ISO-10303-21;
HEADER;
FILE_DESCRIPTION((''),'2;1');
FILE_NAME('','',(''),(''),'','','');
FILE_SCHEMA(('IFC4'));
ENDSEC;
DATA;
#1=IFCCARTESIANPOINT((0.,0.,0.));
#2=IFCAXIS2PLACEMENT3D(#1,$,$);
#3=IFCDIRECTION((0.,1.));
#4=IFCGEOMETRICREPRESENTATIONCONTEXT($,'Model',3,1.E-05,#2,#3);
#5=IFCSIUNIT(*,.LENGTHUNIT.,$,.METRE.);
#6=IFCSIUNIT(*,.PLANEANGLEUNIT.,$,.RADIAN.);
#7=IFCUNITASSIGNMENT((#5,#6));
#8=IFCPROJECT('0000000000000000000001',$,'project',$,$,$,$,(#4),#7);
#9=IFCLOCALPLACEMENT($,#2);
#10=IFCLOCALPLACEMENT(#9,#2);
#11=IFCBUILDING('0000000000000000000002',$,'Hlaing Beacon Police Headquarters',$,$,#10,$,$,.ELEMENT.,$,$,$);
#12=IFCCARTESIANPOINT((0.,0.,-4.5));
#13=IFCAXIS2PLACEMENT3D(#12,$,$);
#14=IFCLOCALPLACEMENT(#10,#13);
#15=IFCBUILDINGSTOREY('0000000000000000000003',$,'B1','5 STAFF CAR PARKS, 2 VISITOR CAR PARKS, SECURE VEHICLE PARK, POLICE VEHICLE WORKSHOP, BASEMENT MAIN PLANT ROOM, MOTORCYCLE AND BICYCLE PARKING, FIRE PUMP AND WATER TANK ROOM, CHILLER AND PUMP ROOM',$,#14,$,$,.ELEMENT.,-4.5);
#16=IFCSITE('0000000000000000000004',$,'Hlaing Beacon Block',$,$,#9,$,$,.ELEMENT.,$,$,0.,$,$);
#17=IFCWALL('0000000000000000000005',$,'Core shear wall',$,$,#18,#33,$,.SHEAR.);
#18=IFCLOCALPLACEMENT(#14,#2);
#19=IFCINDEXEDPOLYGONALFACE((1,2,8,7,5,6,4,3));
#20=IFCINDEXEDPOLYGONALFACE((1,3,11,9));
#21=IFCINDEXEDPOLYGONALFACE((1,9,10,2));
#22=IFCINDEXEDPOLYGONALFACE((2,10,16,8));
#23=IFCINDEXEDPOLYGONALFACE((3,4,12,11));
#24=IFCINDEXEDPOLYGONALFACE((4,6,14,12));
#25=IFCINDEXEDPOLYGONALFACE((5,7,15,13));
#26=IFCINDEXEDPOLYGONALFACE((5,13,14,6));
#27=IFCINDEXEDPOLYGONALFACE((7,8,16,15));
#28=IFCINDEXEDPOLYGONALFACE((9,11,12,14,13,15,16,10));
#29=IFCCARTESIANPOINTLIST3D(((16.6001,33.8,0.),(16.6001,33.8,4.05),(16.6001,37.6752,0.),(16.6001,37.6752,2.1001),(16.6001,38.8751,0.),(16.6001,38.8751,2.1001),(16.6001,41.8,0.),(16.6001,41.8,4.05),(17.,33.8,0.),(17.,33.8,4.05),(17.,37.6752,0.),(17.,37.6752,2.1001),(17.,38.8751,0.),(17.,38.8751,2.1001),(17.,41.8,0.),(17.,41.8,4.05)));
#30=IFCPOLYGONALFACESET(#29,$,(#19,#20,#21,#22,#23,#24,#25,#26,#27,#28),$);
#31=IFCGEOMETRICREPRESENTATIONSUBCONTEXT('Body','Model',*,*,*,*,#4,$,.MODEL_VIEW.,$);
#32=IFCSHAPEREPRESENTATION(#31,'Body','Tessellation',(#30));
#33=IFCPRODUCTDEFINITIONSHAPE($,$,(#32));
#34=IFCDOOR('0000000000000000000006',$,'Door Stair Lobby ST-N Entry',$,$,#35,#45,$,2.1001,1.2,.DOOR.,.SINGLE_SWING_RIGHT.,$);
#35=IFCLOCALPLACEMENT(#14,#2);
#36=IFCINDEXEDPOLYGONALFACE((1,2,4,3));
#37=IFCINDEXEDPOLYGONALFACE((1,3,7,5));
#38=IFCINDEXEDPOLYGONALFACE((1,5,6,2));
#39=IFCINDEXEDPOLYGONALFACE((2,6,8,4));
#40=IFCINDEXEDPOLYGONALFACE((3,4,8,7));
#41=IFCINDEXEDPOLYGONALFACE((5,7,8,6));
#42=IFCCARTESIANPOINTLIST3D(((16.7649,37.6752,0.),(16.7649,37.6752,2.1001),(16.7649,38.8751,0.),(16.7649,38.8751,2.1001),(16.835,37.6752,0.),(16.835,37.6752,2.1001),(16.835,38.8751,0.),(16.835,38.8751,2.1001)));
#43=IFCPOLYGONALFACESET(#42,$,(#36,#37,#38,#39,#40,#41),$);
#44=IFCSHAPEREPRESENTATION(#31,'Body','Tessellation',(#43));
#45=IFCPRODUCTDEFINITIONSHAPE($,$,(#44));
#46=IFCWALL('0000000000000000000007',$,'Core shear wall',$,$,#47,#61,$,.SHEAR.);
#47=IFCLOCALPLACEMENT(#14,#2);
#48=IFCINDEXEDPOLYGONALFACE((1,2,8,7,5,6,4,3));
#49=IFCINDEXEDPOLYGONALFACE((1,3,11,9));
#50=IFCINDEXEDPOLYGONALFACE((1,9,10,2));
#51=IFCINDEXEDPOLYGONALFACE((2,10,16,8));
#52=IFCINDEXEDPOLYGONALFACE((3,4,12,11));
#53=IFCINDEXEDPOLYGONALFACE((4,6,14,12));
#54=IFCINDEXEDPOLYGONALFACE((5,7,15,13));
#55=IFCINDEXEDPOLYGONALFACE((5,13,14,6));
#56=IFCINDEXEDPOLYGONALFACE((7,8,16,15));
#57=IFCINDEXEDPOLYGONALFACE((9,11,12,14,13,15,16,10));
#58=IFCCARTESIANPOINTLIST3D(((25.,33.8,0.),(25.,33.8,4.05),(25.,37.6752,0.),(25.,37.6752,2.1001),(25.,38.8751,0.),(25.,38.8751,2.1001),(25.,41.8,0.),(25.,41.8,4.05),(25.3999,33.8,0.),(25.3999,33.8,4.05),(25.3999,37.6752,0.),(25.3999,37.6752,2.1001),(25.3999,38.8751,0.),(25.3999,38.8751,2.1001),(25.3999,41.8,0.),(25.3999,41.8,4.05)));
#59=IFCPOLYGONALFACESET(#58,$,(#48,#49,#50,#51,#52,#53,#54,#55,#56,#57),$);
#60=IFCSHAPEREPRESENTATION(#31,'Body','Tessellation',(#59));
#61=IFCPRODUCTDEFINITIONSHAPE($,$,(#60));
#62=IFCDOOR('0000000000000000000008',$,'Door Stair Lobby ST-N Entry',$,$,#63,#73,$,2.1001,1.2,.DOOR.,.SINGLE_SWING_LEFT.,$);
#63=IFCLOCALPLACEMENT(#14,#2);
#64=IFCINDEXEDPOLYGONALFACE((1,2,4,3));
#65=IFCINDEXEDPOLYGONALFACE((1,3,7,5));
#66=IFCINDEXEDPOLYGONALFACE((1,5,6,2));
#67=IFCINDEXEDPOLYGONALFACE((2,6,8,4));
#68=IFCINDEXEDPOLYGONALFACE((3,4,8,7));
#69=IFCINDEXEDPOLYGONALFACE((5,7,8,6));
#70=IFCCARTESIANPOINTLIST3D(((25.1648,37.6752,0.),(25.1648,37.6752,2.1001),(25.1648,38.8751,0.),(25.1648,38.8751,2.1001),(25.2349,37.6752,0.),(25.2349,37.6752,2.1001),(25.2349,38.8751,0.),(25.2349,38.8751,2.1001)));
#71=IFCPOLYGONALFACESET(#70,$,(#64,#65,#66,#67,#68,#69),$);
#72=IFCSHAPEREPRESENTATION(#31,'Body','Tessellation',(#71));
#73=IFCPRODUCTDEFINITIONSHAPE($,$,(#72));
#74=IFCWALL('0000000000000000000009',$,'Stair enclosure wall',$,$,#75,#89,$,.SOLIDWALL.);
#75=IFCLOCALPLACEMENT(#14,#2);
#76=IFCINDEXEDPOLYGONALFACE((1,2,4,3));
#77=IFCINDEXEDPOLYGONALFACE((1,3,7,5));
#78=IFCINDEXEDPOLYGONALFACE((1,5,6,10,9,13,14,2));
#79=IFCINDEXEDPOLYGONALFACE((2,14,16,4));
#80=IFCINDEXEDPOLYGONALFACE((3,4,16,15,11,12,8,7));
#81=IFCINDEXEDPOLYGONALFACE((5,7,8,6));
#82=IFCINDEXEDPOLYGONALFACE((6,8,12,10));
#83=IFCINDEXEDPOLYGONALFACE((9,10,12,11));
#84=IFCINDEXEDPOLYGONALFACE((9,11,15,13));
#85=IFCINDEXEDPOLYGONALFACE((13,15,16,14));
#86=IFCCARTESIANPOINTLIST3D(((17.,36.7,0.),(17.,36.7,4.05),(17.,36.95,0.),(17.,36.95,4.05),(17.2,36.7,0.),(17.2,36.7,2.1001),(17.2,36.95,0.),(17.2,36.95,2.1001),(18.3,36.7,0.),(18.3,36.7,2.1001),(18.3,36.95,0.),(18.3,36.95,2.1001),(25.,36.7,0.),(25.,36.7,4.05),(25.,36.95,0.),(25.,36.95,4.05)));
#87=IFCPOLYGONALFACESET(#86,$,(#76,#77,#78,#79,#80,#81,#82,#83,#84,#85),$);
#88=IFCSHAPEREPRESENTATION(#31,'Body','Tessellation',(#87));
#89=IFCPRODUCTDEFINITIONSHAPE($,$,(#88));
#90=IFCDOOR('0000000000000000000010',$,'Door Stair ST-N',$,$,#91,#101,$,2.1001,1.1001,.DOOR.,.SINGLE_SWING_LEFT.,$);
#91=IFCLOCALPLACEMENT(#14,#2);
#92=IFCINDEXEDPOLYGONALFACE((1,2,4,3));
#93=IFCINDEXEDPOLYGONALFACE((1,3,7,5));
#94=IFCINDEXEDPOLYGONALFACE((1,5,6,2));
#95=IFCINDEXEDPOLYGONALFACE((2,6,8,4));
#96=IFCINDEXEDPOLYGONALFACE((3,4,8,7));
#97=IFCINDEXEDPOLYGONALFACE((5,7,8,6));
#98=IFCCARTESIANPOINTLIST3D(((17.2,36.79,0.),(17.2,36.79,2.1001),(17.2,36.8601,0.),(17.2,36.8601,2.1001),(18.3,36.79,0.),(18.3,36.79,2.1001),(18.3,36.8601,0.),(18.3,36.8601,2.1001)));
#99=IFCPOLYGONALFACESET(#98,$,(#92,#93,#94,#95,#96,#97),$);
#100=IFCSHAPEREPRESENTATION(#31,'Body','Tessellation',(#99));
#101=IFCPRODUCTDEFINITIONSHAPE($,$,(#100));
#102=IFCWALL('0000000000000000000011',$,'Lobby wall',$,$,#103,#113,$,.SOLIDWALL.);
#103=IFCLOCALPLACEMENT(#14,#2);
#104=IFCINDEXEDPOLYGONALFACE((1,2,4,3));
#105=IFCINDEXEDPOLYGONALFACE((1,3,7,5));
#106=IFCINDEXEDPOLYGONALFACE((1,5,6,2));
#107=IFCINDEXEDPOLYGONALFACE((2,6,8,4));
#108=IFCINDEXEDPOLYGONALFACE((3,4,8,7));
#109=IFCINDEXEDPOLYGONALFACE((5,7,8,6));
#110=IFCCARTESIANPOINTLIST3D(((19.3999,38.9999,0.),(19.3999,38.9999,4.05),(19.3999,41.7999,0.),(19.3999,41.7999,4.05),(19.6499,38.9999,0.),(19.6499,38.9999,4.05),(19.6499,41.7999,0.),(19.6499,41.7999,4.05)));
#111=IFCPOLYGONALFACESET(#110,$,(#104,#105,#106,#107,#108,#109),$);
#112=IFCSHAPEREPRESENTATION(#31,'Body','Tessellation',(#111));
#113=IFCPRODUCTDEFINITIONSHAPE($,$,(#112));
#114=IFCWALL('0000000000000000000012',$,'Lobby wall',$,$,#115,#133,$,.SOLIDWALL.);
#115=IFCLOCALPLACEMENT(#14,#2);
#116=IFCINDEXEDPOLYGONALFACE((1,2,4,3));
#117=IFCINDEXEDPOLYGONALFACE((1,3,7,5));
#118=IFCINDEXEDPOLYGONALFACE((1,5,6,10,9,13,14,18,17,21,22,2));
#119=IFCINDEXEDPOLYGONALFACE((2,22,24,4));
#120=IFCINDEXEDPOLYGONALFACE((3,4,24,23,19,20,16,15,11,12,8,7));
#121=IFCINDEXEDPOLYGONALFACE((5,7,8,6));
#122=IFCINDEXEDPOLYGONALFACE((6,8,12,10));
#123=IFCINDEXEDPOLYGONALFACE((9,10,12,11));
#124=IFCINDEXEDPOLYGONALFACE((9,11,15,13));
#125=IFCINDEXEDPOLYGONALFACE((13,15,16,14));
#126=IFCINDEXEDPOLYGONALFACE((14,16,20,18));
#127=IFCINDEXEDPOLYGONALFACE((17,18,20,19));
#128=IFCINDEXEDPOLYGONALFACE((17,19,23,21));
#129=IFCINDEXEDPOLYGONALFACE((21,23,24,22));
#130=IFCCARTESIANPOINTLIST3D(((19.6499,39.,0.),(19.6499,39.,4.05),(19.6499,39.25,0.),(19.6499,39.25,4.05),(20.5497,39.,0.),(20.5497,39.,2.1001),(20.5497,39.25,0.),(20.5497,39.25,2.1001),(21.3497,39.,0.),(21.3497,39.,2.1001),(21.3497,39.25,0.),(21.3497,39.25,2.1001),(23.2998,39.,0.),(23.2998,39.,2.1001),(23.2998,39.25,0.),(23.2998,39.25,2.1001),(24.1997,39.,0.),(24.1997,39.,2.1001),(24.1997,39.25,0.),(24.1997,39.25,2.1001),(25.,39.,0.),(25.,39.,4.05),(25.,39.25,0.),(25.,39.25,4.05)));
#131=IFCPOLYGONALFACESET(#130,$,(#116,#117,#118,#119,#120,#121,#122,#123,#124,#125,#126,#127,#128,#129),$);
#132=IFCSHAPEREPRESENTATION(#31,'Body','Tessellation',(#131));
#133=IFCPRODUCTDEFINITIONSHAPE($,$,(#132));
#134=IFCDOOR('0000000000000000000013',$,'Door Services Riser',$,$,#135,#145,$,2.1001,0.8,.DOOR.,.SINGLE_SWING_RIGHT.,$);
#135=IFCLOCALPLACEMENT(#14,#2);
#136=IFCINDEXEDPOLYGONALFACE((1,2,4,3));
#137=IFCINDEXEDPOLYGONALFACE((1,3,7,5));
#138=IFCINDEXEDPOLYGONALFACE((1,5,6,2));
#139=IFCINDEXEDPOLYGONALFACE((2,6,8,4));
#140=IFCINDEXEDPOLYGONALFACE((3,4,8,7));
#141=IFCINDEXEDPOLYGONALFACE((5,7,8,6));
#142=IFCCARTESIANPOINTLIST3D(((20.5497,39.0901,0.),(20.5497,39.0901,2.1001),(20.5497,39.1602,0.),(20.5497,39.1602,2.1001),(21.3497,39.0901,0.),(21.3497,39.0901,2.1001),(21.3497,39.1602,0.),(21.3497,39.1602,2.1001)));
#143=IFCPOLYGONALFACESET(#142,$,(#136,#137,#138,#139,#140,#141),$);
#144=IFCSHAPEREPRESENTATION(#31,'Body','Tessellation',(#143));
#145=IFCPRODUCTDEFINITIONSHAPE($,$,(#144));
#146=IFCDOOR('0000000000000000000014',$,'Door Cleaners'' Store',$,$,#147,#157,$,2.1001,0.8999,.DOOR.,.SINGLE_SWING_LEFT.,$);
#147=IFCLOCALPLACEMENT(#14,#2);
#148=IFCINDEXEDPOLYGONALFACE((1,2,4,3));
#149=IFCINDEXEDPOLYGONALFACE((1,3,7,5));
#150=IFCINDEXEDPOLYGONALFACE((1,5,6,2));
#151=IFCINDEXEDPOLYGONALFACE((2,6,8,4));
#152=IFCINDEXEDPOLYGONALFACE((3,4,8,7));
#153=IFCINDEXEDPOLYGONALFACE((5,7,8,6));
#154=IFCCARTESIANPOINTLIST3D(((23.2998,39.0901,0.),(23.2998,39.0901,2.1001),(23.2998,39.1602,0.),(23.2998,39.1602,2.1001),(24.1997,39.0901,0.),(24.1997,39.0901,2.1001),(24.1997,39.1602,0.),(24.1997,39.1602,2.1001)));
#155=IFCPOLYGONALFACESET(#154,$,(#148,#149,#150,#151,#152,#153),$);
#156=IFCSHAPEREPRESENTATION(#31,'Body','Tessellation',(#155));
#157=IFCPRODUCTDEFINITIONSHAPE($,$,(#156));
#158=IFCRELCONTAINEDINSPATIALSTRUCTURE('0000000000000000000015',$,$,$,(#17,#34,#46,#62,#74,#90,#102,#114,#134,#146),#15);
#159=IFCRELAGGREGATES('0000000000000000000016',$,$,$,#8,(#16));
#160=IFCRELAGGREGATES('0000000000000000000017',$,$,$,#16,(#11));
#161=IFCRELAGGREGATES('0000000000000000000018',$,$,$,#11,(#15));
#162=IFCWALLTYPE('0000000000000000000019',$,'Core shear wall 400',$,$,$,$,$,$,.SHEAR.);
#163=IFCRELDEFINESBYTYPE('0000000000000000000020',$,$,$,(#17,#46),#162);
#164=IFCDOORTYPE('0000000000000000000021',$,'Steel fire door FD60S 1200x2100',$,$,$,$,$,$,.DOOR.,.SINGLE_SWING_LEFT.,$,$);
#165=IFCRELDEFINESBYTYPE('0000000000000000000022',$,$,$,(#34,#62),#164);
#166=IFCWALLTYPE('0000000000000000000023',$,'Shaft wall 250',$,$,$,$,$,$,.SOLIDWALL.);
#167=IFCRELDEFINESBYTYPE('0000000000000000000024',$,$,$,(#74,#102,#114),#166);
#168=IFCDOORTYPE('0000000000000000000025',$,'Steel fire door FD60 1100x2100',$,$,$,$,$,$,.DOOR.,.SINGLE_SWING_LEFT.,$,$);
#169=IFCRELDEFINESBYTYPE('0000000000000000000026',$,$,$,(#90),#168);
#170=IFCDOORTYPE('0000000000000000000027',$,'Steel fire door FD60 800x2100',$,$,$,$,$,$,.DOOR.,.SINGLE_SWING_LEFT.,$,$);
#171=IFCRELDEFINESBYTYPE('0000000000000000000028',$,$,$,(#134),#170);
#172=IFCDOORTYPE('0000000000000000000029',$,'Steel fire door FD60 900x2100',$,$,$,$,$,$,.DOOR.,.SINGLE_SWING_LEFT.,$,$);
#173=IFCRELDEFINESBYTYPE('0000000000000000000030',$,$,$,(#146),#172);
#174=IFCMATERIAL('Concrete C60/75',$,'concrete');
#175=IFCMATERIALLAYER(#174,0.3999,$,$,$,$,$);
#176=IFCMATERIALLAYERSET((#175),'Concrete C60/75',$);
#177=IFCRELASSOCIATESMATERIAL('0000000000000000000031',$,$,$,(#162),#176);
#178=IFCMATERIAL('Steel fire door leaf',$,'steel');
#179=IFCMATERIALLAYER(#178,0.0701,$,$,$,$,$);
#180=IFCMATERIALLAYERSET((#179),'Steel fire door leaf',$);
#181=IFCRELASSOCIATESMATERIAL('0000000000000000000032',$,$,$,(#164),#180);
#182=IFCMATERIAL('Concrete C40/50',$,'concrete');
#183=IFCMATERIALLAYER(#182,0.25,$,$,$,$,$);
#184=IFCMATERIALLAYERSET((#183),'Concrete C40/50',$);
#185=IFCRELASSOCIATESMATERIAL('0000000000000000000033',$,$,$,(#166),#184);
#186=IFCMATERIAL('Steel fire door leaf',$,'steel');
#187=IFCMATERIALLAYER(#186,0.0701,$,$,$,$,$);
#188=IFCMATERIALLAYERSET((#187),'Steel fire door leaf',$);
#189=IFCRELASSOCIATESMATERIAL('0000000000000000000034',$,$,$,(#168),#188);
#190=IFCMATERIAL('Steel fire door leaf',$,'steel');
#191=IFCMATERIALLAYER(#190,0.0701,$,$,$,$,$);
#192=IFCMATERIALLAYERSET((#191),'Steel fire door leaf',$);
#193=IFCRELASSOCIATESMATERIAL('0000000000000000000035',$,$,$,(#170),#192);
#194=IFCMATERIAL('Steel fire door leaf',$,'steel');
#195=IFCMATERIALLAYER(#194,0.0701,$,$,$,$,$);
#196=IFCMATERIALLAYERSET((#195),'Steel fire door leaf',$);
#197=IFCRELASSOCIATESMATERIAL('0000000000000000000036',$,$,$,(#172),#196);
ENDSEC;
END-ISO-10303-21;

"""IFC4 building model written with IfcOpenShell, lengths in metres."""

from ifc_helpers import new_model, si_unit, direction, frame, frame_2d, origin, place, context, subcontext, project, spatial, rectangle, extrude, material, layer, layer_set, type_object, element, fill, save


model = new_model("IFC4")

# Units and contexts
model_context = context("Model", 3, precision=1e-05, world=origin(), true_north=direction((0.0, 1.0)))
body_context = subcontext(model_context, "Body", "Model", "MODEL_VIEW")
ifc_project = project(units=[si_unit("LENGTHUNIT", "METRE"), si_unit("PLANEANGLEUNIT", "RADIAN")], contexts=[model_context])

# Site, building, storey
site_placement = place(None, origin())
site = spatial("IfcSite", under=ifc_project, at=site_placement, Name="Hlaing Beacon Block", CompositionType="ELEMENT", RefElevation=0.0)
building_placement = place(site_placement, origin())
building = spatial("IfcBuilding", under=site, at=building_placement, Name="Hlaing Beacon Police Headquarters", CompositionType="ELEMENT")
storey_placement = place(building_placement, frame((0.0, 0.0, -4.5)))
storey = spatial("IfcBuildingStorey", under=building, at=storey_placement, Name="B1", Description="5 STAFF CAR PARKS, 2 VISITOR CAR PARKS, SECURE VEHICLE PARK, POLICE VEHICLE WORKSHOP, BASEMENT MAIN PLANT ROOM, MOTORCYCLE AND BICYCLE PARKING, FIRE PUMP AND WATER TANK ROOM, CHILLER AND PUMP ROOM", CompositionType="ELEMENT", Elevation=-4.5)

# Walls, openings, doors
ifc_material_1 = material(Name="Concrete C60/75", Category="concrete")
ifc_layer_1 = layer(ifc_material_1, 0.3999)
ifc_layer_set_1 = layer_set([ifc_layer_1], Name="Concrete C60/75")
wall_type_1 = type_object("IfcWallType", Name="Core shear wall 400", PredefinedType="SHEAR", material=ifc_layer_set_1)
wall_1_placement = place(storey_placement, frame((16.8, 33.8, 0.0), z_axis=(0.0, 0.0, 1.0), x_axis=(0.0, 1.0, 0.0)))
wall_1 = element("IfcWall", 1, at=wall_1_placement, inside=storey, type_object=wall_type_1, Name="Core shear wall", PredefinedType="SHEAR", context=body_context, shape_type="SweptSolid", body=[
    extrude(rectangle(XDim=8.0, YDim=0.3999, at=frame_2d((4.0, 0.0))), origin(), (0.0, 0.0, 1.0), 4.05),
])
opening_1_placement = place(wall_1_placement, frame((3.875, 0.0, 0.0)))
opening_1 = element("IfcOpeningElement", 2, at=opening_1_placement, cuts=wall_1, PredefinedType="OPENING", context=body_context, shape_type="SweptSolid", body=[
    extrude(rectangle(XDim=1.2, YDim=2.1001, at=frame_2d((0.6001, 1.05))), frame((0.0, 0.21, 0.0), z_axis=(0.0, -1.0, 0.0), x_axis=(1.0, 0.0, 0.0)), (0.0, 0.0, 1.0), 0.4199),
])
ifc_material_2 = material(Name="Steel fire door leaf", Category="steel")
ifc_layer_2 = layer(ifc_material_2, 0.0701)
ifc_layer_set_2 = layer_set([ifc_layer_2], Name="Steel fire door leaf")
door_type_1 = type_object("IfcDoorType", Name="Steel fire door FD60S 1200x2100", OperationType="SINGLE_SWING_LEFT", PredefinedType="DOOR", material=ifc_layer_set_2)
door_1_placement = place(opening_1_placement, frame((1.2, 0.0, 0.0), z_axis=(0.0, 0.0, 1.0), x_axis=(-1.0, 0.0, 0.0)))
door_1 = element("IfcDoor", 3, at=door_1_placement, inside=storey, type_object=door_type_1, Name="Door Stair Lobby ST-N Entry", OperationType="SINGLE_SWING_RIGHT", OverallHeight=2.1001, OverallWidth=1.2, PredefinedType="DOOR", context=body_context, shape_type="SweptSolid", body=[
    extrude(rectangle(XDim=1.2, YDim=2.1001, at=frame_2d((0.5999, 1.05))), frame((0.0, 0.0349, 0.0), z_axis=(0.0, -1.0, 0.0), x_axis=(1.0, 0.0, 0.0)), (0.0, 0.0, 1.0), 0.0701),
])
fill(opening_1, door_1)
wall_2_placement = place(storey_placement, frame((25.2, 33.8, 0.0), z_axis=(0.0, 0.0, 1.0), x_axis=(0.0, 1.0, 0.0)))
wall_2 = element("IfcWall", 4, at=wall_2_placement, inside=storey, type_object=wall_type_1, Name="Core shear wall", PredefinedType="SHEAR", context=body_context, shape_type="SweptSolid", body=[
    extrude(rectangle(XDim=8.0, YDim=0.3999, at=frame_2d((4.0, 0.0))), origin(), (0.0, 0.0, 1.0), 4.05),
])
opening_2_placement = place(wall_2_placement, frame((3.875, 0.0, 0.0)))
opening_2 = element("IfcOpeningElement", 5, at=opening_2_placement, cuts=wall_2, PredefinedType="OPENING", context=body_context, shape_type="SweptSolid", body=[
    extrude(rectangle(XDim=1.2, YDim=2.1001, at=frame_2d((0.6001, 1.05))), frame((0.0, 0.21, 0.0), z_axis=(0.0, -1.0, 0.0), x_axis=(1.0, 0.0, 0.0)), (0.0, 0.0, 1.0), 0.4199),
])
door_2_placement = place(opening_2_placement, origin())
door_2 = element("IfcDoor", 6, at=door_2_placement, inside=storey, type_object=door_type_1, Name="Door Stair Lobby ST-N Entry", OperationType="SINGLE_SWING_LEFT", OverallHeight=2.1001, OverallWidth=1.2, PredefinedType="DOOR", context=body_context, shape_type="SweptSolid", body=[
    extrude(rectangle(XDim=1.2, YDim=2.1001, at=frame_2d((0.6001, 1.05))), frame((0.0, 0.0352, 0.0), z_axis=(0.0, -1.0, 0.0), x_axis=(1.0, 0.0, 0.0)), (0.0, 0.0, 1.0), 0.0701),
])
fill(opening_2, door_2)
ifc_material_3 = material(Name="Concrete C40/50", Category="concrete")
ifc_layer_3 = layer(ifc_material_3, 0.25)
ifc_layer_set_3 = layer_set([ifc_layer_3], Name="Concrete C40/50")
wall_type_2 = type_object("IfcWallType", Name="Shaft wall 250", PredefinedType="SOLIDWALL", material=ifc_layer_set_3)
wall_3_placement = place(storey_placement, frame((17.0, 36.825, 0.0), z_axis=(0.0, 0.0, 1.0), x_axis=(1.0, 0.0, 0.0)))
wall_3 = element("IfcWall", 7, at=wall_3_placement, inside=storey, type_object=wall_type_2, Name="Stair enclosure wall", PredefinedType="SOLIDWALL", context=body_context, shape_type="SweptSolid", body=[
    extrude(rectangle(XDim=8.0, YDim=0.25, at=frame_2d((4.0, 0.0))), origin(), (0.0, 0.0, 1.0), 4.05),
])
opening_3_placement = place(wall_3_placement, frame((0.2, 0.0, 0.0)))
opening_3 = element("IfcOpeningElement", 8, at=opening_3_placement, cuts=wall_3, PredefinedType="OPENING", context=body_context, shape_type="SweptSolid", body=[
    extrude(rectangle(XDim=1.1001, YDim=2.1001, at=frame_2d((0.55, 1.05))), frame((0.0, 0.135, 0.0), z_axis=(0.0, -1.0, 0.0), x_axis=(1.0, 0.0, 0.0)), (0.0, 0.0, 1.0), 0.27),
])
ifc_material_4 = material(Name="Steel fire door leaf", Category="steel")
ifc_layer_4 = layer(ifc_material_4, 0.0701)
ifc_layer_set_4 = layer_set([ifc_layer_4], Name="Steel fire door leaf")
door_type_2 = type_object("IfcDoorType", Name="Steel fire door FD60 1100x2100", OperationType="SINGLE_SWING_LEFT", PredefinedType="DOOR", material=ifc_layer_set_4)
door_3_placement = place(opening_3_placement, frame((1.1001, 0.0, 0.0), z_axis=(0.0, 0.0, 1.0), x_axis=(-1.0, 0.0, 0.0)))
door_3 = element("IfcDoor", 9, at=door_3_placement, inside=storey, type_object=door_type_2, Name="Door Stair ST-N", OperationType="SINGLE_SWING_LEFT", OverallHeight=2.1001, OverallWidth=1.1001, PredefinedType="DOOR", context=body_context, shape_type="SweptSolid", body=[
    extrude(rectangle(XDim=1.1001, YDim=2.1001, at=frame_2d((0.55, 1.05))), frame((0.0, 0.0349, 0.0), z_axis=(0.0, -1.0, 0.0), x_axis=(1.0, 0.0, 0.0)), (0.0, 0.0, 1.0), 0.0701),
])
fill(opening_3, door_3)

# Wall
wall_4_placement = place(storey_placement, frame((19.5249, 39.0, 0.0), z_axis=(0.0, 0.0, 1.0), x_axis=(0.0, 1.0, 0.0)))
element("IfcWall", 10, at=wall_4_placement, inside=storey, type_object=wall_type_2, Name="Lobby wall", PredefinedType="SOLIDWALL", context=body_context, shape_type="SweptSolid", body=[
    extrude(rectangle(XDim=2.8, YDim=0.25, at=frame_2d((1.3999, 0.0))), origin(), (0.0, 0.0, 1.0), 4.05),
])

# Wall, openings, doors
wall_5_placement = place(storey_placement, frame((19.6499, 39.125, 0.0), z_axis=(0.0, 0.0, 1.0), x_axis=(1.0, 0.0, 0.0)))
wall_5 = element("IfcWall", 11, at=wall_5_placement, inside=storey, type_object=wall_type_2, Name="Lobby wall", PredefinedType="SOLIDWALL", context=body_context, shape_type="SweptSolid", body=[
    extrude(rectangle(XDim=5.3501, YDim=0.25, at=frame_2d((2.675, 0.0))), origin(), (0.0, 0.0, 1.0), 4.05),
])
opening_4_placement = place(wall_5_placement, frame((3.6499, 0.0, 0.0)))
opening_4 = element("IfcOpeningElement", 12, at=opening_4_placement, cuts=wall_5, PredefinedType="OPENING", context=body_context, shape_type="SweptSolid", body=[
    extrude(rectangle(XDim=0.8999, YDim=2.1001, at=frame_2d((0.45, 1.05))), frame((0.0, 0.135, 0.0), z_axis=(0.0, -1.0, 0.0), x_axis=(1.0, 0.0, 0.0)), (0.0, 0.0, 1.0), 0.27),
])
opening_5_placement = place(wall_5_placement, frame((0.8999, 0.0, 0.0)))
opening_5 = element("IfcOpeningElement", 13, at=opening_5_placement, cuts=wall_5, PredefinedType="OPENING", context=body_context, shape_type="SweptSolid", body=[
    extrude(rectangle(XDim=0.8, YDim=2.1001, at=frame_2d((0.3999, 1.05))), frame((0.0, 0.135, 0.0), z_axis=(0.0, -1.0, 0.0), x_axis=(1.0, 0.0, 0.0)), (0.0, 0.0, 1.0), 0.27),
])
ifc_material_5 = material(Name="Steel fire door leaf", Category="steel")
ifc_layer_5 = layer(ifc_material_5, 0.0701)
ifc_layer_set_5 = layer_set([ifc_layer_5], Name="Steel fire door leaf")
door_type_3 = type_object("IfcDoorType", Name="Steel fire door FD60 800x2100", OperationType="SINGLE_SWING_LEFT", PredefinedType="DOOR", material=ifc_layer_set_5)
door_4_placement = place(opening_5_placement, origin())
door_4 = element("IfcDoor", 14, at=door_4_placement, inside=storey, type_object=door_type_3, Name="Door Services Riser", OperationType="SINGLE_SWING_RIGHT", OverallHeight=2.1001, OverallWidth=0.8, PredefinedType="DOOR", context=body_context, shape_type="SweptSolid", body=[
    extrude(rectangle(XDim=0.8, YDim=2.1001, at=frame_2d((0.3999, 1.05))), frame((0.0, 0.0352, 0.0), z_axis=(0.0, -1.0, 0.0), x_axis=(1.0, 0.0, 0.0)), (0.0, 0.0, 1.0), 0.0701),
])
fill(opening_5, door_4)
ifc_material_6 = material(Name="Steel fire door leaf", Category="steel")
ifc_layer_6 = layer(ifc_material_6, 0.0701)
ifc_layer_set_6 = layer_set([ifc_layer_6], Name="Steel fire door leaf")
door_type_4 = type_object("IfcDoorType", Name="Steel fire door FD60 900x2100", OperationType="SINGLE_SWING_LEFT", PredefinedType="DOOR", material=ifc_layer_set_6)
door_5_placement = place(opening_4_placement, origin())
door_5 = element("IfcDoor", 15, at=door_5_placement, inside=storey, type_object=door_type_4, Name="Door Cleaners' Store", OperationType="SINGLE_SWING_LEFT", OverallHeight=2.1001, OverallWidth=0.8999, PredefinedType="DOOR", context=body_context, shape_type="SweptSolid", body=[
    extrude(rectangle(XDim=0.8999, YDim=2.1001, at=frame_2d((0.45, 1.05))), frame((0.0, 0.0352, 0.0), z_axis=(0.0, -1.0, 0.0), x_axis=(1.0, 0.0, 0.0)), (0.0, 0.0, 1.0), 0.0701),
])
fill(opening_4, door_5)

save(model, "model.ifc")
